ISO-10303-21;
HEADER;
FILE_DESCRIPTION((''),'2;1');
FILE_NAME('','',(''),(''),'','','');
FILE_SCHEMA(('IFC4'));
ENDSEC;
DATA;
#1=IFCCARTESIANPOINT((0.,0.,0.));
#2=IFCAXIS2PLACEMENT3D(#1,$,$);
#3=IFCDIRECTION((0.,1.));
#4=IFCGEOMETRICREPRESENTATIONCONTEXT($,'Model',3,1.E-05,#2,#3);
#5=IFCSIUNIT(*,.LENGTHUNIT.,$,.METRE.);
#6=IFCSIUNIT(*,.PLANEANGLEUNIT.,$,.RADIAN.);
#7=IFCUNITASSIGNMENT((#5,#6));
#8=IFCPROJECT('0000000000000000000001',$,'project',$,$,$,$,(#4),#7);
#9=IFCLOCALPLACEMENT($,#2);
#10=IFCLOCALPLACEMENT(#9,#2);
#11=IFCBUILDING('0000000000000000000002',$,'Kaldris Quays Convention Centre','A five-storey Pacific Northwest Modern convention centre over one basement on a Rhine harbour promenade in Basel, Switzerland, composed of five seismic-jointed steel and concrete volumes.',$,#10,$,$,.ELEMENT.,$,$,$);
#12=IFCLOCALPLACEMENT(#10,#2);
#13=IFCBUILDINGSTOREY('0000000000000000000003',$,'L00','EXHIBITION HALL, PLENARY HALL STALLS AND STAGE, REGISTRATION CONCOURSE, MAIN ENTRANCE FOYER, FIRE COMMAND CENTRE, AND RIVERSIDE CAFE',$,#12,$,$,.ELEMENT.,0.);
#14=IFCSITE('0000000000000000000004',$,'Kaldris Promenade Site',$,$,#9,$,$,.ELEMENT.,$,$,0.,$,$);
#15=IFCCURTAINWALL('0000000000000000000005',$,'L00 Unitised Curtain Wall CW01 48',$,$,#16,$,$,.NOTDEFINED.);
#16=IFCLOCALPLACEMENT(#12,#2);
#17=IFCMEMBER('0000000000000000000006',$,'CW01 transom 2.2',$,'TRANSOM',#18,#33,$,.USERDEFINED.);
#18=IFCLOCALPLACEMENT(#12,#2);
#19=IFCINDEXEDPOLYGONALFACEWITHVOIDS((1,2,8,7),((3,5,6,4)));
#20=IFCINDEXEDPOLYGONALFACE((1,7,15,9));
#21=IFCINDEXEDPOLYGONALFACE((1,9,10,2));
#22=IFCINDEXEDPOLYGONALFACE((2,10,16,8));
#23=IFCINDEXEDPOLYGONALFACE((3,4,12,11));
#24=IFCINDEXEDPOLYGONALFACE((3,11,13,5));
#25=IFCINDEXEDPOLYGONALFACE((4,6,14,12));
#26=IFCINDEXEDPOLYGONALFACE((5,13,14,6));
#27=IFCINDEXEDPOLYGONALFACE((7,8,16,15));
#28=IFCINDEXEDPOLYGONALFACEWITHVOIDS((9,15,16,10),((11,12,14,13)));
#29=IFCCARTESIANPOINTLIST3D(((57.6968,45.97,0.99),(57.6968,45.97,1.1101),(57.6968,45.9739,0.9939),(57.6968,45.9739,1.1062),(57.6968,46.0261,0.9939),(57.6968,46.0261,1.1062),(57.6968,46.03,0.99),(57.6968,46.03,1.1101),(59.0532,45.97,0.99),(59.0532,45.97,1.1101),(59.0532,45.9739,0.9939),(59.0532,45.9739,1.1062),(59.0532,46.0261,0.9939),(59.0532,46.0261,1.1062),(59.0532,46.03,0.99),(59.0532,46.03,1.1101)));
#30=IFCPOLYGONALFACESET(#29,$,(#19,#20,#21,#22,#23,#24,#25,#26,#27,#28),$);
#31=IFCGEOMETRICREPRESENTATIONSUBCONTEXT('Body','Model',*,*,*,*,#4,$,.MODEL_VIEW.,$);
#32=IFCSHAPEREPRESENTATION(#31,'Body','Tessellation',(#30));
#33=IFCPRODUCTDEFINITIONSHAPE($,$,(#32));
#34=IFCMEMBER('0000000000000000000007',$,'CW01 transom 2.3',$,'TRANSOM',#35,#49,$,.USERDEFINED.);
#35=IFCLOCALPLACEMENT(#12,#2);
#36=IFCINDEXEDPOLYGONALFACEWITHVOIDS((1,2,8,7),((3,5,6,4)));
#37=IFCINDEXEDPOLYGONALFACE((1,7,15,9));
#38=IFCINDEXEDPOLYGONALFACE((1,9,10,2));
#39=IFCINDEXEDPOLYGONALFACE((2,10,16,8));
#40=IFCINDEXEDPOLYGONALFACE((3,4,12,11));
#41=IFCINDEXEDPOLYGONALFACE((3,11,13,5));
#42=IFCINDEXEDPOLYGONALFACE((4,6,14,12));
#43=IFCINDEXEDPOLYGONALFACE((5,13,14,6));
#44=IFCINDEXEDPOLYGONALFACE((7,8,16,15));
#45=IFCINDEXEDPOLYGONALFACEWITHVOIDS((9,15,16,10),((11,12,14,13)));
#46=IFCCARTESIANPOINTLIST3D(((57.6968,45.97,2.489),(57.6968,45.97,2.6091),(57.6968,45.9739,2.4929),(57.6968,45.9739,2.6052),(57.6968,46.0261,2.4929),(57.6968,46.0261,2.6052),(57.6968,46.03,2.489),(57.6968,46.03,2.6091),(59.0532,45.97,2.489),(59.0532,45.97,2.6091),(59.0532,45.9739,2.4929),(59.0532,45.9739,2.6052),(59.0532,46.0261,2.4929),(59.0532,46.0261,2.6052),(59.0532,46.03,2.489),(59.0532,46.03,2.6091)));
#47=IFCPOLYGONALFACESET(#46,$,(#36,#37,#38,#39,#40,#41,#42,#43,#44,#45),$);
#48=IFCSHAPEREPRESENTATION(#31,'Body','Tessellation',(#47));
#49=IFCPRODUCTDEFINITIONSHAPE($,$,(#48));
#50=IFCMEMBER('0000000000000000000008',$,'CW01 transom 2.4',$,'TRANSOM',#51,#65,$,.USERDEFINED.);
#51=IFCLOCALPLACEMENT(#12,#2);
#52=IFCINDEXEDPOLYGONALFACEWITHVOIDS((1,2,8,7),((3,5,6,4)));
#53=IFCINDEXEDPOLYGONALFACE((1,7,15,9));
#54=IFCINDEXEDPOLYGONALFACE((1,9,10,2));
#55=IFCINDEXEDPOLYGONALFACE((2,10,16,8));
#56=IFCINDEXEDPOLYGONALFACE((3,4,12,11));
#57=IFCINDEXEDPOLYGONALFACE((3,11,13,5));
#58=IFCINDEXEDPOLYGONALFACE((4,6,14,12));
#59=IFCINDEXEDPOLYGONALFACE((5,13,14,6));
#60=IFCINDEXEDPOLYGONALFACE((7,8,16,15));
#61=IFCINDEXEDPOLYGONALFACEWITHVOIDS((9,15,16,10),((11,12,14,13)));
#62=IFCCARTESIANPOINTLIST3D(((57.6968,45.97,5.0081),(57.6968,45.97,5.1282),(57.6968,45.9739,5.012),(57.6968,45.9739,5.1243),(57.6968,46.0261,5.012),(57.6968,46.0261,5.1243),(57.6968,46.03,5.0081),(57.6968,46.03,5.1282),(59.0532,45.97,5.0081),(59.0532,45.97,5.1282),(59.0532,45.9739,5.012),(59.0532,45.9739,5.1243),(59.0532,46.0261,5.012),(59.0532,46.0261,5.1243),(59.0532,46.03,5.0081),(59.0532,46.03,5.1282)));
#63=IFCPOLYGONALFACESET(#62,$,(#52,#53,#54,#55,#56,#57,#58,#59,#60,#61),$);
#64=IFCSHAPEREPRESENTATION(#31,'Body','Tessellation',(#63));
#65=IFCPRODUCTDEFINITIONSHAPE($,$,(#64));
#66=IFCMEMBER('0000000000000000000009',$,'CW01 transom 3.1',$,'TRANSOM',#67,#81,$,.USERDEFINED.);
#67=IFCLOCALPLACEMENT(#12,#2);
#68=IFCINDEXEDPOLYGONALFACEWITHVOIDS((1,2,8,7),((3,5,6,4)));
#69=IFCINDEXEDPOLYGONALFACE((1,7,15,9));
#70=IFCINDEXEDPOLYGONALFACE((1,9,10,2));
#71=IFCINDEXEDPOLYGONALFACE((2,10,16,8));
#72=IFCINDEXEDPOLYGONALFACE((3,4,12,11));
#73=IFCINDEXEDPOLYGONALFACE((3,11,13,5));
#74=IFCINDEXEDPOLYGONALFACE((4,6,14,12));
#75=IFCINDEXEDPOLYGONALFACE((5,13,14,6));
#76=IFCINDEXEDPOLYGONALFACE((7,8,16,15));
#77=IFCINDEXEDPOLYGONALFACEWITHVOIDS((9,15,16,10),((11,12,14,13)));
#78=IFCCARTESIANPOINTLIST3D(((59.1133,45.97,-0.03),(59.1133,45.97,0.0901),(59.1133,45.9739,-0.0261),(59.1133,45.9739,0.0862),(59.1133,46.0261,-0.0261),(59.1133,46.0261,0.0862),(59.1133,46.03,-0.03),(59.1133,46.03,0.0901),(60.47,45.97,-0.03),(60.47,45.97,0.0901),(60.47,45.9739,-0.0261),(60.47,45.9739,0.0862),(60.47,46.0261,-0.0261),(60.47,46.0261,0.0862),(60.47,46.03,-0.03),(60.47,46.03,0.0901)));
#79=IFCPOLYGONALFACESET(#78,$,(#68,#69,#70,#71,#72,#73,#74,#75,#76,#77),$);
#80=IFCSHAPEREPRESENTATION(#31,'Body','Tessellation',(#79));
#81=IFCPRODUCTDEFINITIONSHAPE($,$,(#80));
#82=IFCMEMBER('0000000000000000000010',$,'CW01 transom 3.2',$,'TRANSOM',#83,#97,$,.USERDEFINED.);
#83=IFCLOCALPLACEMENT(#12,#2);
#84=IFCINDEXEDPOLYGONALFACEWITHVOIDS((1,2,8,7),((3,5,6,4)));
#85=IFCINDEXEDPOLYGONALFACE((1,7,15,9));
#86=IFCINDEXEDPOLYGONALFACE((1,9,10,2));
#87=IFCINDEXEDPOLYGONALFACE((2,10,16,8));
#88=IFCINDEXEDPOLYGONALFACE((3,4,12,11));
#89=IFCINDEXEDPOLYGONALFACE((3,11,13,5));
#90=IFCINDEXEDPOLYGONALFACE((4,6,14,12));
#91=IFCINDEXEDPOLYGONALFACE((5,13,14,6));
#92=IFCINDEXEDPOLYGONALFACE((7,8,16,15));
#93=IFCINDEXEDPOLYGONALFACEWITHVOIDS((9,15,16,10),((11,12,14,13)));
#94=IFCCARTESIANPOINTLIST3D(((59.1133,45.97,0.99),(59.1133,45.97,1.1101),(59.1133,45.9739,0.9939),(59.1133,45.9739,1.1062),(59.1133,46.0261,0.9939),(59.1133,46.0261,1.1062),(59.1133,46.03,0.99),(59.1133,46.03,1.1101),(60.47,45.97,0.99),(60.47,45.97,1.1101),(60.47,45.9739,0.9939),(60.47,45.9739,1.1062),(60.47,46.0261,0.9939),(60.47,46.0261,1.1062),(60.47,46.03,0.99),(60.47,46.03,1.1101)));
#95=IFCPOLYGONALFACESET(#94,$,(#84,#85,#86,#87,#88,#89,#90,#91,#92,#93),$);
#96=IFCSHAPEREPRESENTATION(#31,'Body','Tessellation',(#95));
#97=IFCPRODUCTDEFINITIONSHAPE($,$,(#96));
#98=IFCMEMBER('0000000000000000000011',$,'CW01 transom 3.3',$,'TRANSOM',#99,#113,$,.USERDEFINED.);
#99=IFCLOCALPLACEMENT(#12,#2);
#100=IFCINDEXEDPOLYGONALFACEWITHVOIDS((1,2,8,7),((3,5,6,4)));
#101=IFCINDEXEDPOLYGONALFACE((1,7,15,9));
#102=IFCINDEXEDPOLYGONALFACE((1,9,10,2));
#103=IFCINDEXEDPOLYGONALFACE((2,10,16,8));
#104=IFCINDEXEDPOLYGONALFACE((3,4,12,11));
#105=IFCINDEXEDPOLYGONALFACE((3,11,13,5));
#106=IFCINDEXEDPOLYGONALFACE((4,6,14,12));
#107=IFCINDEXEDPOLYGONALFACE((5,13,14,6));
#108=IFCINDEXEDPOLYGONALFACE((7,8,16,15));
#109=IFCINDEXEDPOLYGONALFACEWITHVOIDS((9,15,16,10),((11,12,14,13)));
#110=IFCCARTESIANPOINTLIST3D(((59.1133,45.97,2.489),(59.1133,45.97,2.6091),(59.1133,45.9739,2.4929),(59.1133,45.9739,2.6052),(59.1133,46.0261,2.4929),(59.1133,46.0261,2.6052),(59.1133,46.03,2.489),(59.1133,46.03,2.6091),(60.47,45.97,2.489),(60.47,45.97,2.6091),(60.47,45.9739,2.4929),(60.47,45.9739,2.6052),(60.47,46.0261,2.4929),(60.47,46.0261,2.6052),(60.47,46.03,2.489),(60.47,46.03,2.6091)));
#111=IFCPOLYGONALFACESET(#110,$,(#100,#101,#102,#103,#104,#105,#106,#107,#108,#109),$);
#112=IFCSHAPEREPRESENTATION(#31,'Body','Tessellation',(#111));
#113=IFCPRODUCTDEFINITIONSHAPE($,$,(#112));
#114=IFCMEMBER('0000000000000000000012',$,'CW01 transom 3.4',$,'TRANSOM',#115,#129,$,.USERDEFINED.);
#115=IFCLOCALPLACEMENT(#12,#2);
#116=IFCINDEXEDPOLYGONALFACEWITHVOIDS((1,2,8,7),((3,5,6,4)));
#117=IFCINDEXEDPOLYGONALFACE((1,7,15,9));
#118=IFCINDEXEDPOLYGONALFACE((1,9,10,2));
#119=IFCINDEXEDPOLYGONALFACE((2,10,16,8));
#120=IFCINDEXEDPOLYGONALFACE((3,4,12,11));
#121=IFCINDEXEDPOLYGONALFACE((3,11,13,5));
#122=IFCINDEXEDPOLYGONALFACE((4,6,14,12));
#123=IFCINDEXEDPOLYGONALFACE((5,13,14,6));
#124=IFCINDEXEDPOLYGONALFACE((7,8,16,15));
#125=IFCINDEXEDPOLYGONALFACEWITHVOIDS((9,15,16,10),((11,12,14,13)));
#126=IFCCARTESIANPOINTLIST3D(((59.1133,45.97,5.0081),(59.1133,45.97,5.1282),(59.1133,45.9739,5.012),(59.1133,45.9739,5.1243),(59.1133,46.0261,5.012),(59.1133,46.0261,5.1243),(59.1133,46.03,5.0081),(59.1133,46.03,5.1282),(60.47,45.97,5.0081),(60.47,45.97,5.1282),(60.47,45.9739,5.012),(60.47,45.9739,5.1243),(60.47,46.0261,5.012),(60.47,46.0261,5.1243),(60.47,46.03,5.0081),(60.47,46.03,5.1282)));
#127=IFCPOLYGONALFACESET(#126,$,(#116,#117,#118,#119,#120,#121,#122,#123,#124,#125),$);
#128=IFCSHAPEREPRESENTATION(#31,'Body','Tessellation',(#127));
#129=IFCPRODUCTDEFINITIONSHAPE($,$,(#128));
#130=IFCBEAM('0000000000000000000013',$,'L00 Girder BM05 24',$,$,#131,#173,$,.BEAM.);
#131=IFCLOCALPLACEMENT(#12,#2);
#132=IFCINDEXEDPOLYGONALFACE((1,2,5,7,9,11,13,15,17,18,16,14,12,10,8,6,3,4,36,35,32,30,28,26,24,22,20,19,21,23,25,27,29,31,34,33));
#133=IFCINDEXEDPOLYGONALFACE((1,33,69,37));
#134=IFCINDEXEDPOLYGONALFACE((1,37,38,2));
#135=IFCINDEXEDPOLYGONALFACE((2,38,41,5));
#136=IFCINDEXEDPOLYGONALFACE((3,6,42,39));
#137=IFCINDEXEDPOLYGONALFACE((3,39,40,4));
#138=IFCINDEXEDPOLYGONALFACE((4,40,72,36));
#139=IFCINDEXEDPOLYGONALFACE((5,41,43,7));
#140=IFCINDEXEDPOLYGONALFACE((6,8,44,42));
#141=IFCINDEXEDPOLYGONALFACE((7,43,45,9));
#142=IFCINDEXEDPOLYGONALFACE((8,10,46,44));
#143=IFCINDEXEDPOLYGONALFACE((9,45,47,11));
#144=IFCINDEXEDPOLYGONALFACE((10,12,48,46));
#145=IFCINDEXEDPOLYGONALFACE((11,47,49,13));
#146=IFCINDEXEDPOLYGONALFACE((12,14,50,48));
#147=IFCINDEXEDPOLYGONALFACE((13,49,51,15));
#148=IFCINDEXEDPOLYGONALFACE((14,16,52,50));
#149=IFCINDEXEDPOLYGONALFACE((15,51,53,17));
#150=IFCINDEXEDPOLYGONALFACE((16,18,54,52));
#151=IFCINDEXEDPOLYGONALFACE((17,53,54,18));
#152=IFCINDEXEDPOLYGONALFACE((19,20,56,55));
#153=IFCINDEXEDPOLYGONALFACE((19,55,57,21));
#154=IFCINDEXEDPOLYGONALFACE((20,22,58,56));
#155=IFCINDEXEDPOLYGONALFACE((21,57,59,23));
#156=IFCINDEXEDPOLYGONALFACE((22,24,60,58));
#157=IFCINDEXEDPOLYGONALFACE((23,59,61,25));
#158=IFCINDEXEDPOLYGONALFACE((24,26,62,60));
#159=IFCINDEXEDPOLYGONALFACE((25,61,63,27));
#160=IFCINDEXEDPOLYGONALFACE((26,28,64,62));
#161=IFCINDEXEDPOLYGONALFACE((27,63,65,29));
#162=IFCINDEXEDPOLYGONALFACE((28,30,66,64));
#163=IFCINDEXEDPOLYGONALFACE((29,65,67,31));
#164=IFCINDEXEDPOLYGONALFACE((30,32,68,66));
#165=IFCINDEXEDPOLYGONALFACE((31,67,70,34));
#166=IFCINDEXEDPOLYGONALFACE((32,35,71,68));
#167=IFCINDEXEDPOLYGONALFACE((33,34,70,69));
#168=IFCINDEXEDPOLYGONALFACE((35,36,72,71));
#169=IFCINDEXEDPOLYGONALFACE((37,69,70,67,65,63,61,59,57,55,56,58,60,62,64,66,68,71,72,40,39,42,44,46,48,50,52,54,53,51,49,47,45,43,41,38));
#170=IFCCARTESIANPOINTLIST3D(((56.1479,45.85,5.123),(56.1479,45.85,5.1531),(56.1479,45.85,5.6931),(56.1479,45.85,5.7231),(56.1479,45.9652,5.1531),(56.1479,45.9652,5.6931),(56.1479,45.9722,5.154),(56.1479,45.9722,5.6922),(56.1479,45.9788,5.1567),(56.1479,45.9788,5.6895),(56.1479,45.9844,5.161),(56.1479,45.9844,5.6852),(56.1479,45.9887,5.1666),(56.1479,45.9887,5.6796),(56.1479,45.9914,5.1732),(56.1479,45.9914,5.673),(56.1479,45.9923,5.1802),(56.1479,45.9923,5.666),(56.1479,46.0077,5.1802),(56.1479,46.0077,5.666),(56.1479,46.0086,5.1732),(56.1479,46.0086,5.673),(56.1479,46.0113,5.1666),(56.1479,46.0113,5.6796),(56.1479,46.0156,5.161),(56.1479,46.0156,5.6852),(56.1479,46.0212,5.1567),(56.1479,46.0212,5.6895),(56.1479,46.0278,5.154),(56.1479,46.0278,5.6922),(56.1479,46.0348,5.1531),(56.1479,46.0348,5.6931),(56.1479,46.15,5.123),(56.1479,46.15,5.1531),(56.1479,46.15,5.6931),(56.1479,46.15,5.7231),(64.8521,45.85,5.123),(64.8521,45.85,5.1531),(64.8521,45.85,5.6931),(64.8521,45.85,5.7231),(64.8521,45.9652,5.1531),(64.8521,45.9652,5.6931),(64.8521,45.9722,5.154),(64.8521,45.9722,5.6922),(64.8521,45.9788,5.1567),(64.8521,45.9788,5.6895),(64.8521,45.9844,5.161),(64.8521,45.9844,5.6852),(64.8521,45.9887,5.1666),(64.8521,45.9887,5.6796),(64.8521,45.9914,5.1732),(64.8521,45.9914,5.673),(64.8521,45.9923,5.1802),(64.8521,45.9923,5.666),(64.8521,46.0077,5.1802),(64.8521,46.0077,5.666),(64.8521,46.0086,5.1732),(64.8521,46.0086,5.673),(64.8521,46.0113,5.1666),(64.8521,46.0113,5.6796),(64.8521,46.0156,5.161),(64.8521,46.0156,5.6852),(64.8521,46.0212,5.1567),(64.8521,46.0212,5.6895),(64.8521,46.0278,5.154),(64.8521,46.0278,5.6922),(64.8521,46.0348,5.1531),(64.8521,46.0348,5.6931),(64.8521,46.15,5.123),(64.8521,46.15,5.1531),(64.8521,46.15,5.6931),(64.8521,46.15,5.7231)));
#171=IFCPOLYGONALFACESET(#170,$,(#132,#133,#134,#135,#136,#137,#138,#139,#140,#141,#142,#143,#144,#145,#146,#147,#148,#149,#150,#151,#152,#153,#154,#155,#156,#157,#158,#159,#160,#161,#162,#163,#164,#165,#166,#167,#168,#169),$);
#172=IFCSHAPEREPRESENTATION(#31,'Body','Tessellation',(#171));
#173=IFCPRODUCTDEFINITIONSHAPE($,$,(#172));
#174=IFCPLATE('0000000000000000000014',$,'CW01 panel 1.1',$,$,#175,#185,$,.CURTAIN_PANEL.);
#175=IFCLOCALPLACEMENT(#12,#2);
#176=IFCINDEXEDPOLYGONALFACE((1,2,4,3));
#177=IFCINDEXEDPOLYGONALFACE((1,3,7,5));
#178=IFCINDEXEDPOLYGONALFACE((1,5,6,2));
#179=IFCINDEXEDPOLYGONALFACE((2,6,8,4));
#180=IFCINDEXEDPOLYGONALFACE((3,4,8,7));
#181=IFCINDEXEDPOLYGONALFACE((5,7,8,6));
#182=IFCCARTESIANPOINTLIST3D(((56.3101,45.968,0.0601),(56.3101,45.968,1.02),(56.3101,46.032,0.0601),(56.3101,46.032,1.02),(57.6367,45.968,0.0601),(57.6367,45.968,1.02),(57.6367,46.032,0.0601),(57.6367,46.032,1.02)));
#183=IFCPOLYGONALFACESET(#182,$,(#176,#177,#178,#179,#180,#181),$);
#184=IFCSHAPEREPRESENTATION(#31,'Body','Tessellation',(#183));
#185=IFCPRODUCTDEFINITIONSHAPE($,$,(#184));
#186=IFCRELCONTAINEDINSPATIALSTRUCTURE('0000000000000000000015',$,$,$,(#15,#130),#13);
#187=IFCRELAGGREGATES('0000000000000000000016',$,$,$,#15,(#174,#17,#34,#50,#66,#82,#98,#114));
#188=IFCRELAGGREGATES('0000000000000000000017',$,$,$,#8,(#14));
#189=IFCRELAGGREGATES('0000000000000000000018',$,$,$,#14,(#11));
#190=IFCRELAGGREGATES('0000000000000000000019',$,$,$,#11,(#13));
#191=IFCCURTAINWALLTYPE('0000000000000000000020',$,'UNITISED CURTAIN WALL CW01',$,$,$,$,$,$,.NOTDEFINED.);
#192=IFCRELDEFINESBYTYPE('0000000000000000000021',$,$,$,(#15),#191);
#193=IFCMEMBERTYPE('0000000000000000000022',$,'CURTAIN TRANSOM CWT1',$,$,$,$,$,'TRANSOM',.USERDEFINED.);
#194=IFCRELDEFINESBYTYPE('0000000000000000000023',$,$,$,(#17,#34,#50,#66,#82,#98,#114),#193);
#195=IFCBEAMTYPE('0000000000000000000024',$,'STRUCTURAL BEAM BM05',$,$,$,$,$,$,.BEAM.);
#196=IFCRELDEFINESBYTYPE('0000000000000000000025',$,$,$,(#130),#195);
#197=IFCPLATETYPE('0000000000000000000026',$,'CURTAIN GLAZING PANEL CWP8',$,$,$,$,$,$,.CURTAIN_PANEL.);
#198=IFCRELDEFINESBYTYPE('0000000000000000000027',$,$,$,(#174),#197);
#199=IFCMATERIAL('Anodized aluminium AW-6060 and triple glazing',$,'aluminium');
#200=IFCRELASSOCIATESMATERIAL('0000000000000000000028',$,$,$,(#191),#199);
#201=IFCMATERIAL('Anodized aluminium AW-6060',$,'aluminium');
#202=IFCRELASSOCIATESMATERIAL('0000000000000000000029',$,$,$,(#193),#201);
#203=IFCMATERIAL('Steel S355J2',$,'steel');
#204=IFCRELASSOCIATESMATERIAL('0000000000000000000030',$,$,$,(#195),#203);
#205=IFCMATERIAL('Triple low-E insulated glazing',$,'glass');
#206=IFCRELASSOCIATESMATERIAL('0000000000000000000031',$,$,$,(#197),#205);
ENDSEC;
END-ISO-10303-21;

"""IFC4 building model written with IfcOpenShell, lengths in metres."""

from ifc_helpers import new_model, si_unit, direction, frame, origin, origin_2d, place, context, subcontext, project, spatial, rectangle, hollow_rectangle, i_section, extrude, material, material_profile, profile_set, type_object, element, aggregate, save


model = new_model("IFC4")

# Units and contexts
model_context = context("Model", 3, precision=1e-05, world=origin(), true_north=direction((0.0, 1.0)))
body_context = subcontext(model_context, "Body", "Model", "MODEL_VIEW")
ifc_project = project(units=[si_unit("LENGTHUNIT", "METRE"), si_unit("PLANEANGLEUNIT", "RADIAN")], contexts=[model_context])

# Site, building, storey
site_placement = place(None, origin())
site = spatial("IfcSite", under=ifc_project, at=site_placement, Name="Kaldris Promenade Site", CompositionType="ELEMENT", RefElevation=0.0)
building_placement = place(site_placement, origin())
building = spatial("IfcBuilding", under=site, at=building_placement, Name="Kaldris Quays Convention Centre", Description="A five-storey Pacific Northwest Modern convention centre over one basement on a Rhine harbour promenade in Basel, Switzerland, composed of five seismic-jointed steel and concrete volumes.", CompositionType="ELEMENT")
storey_placement = place(building_placement, origin())
storey = spatial("IfcBuildingStorey", under=building, at=storey_placement, Name="L00", Description="EXHIBITION HALL, PLENARY HALL STALLS AND STAGE, REGISTRATION CONCOURSE, MAIN ENTRANCE FOYER, FIRE COMMAND CENTRE, AND RIVERSIDE CAFE", CompositionType="ELEMENT", Elevation=0.0)

# Curtain wall, members
ifc_material_1 = material(Name="Anodized aluminium AW-6060 and triple glazing", Category="aluminium")
curtain_wall_type = type_object("IfcCurtainWallType", Name="UNITISED CURTAIN WALL CW01", PredefinedType="NOTDEFINED", material=ifc_material_1)
curtain_wall_placement = place(storey_placement, origin())
curtain_wall = element("IfcCurtainWall", 1, at=curtain_wall_placement, inside=storey, type_object=curtain_wall_type, Name="L00 Unitised Curtain Wall CW01 48", PredefinedType="NOTDEFINED")
ifc_material_2 = material(Name="Anodized aluminium AW-6060", Category="aluminium")
ifc_material_profile_1 = material_profile(ifc_material_2, hollow_rectangle(XDim=0.0601, YDim=0.1201, WallThickness=0.0039, at=origin_2d()), Name="RHS 120x60x4")
ifc_profile_set_1 = profile_set([ifc_material_profile_1], Name="Anodized aluminium AW-6060")
member_type_1 = type_object("IfcMemberType", Name="CURTAIN TRANSOM CWT1", ElementType="TRANSOM", PredefinedType="USERDEFINED", material=ifc_profile_set_1)
member_1_placement = place(storey_placement, frame((57.6968, 46.0, 1.05), z_axis=(1.0, 0.0, 0.0), x_axis=(0.0, 1.0, 0.0)))
member_1 = element("IfcMember", 2, at=member_1_placement, type_object=member_type_1, Name="CW01 transom 2.2", ObjectType="TRANSOM", PredefinedType="USERDEFINED", context=body_context, shape_type="SweptSolid", body=[
    extrude(hollow_rectangle(XDim=0.0601, YDim=0.1201, WallThickness=0.0039, at=origin_2d()), origin(), (0.0, 0.0, 1.0), 1.3564),
])
member_2_placement = place(storey_placement, frame((57.6968, 46.0, 2.5491), z_axis=(1.0, 0.0, 0.0), x_axis=(0.0, 1.0, 0.0)))
member_2 = element("IfcMember", 3, at=member_2_placement, type_object=member_type_1, Name="CW01 transom 2.3", ObjectType="TRANSOM", PredefinedType="USERDEFINED", context=body_context, shape_type="SweptSolid", body=[
    extrude(hollow_rectangle(XDim=0.0601, YDim=0.1201, WallThickness=0.0039, at=origin_2d()), origin(), (0.0, 0.0, 1.0), 1.3564),
])
member_3_placement = place(storey_placement, frame((57.6968, 46.0, 5.0681), z_axis=(1.0, 0.0, 0.0), x_axis=(0.0, 1.0, 0.0)))
member_3 = element("IfcMember", 4, at=member_3_placement, type_object=member_type_1, Name="CW01 transom 2.4", ObjectType="TRANSOM", PredefinedType="USERDEFINED", context=body_context, shape_type="SweptSolid", body=[
    extrude(hollow_rectangle(XDim=0.0601, YDim=0.1201, WallThickness=0.0039, at=origin_2d()), origin(), (0.0, 0.0, 1.0), 1.3564),
])
member_4_placement = place(storey_placement, frame((59.1133, 46.0, 0.03), z_axis=(1.0, 0.0, 0.0), x_axis=(0.0, 1.0, 0.0)))
member_4 = element("IfcMember", 5, at=member_4_placement, type_object=member_type_1, Name="CW01 transom 3.1", ObjectType="TRANSOM", PredefinedType="USERDEFINED", context=body_context, shape_type="SweptSolid", body=[
    extrude(hollow_rectangle(XDim=0.0601, YDim=0.1201, WallThickness=0.0039, at=origin_2d()), origin(), (0.0, 0.0, 1.0), 1.3567),
])
member_5_placement = place(storey_placement, frame((59.1133, 46.0, 1.05), z_axis=(1.0, 0.0, 0.0), x_axis=(0.0, 1.0, 0.0)))
member_5 = element("IfcMember", 6, at=member_5_placement, type_object=member_type_1, Name="CW01 transom 3.2", ObjectType="TRANSOM", PredefinedType="USERDEFINED", context=body_context, shape_type="SweptSolid", body=[
    extrude(hollow_rectangle(XDim=0.0601, YDim=0.1201, WallThickness=0.0039, at=origin_2d()), origin(), (0.0, 0.0, 1.0), 1.3567),
])
member_6_placement = place(storey_placement, frame((59.1133, 46.0, 2.5491), z_axis=(1.0, 0.0, 0.0), x_axis=(0.0, 1.0, 0.0)))
member_6 = element("IfcMember", 7, at=member_6_placement, type_object=member_type_1, Name="CW01 transom 3.3", ObjectType="TRANSOM", PredefinedType="USERDEFINED", context=body_context, shape_type="SweptSolid", body=[
    extrude(hollow_rectangle(XDim=0.0601, YDim=0.1201, WallThickness=0.0039, at=origin_2d()), origin(), (0.0, 0.0, 1.0), 1.3567),
])
member_7_placement = place(storey_placement, frame((59.1133, 46.0, 5.0681), z_axis=(1.0, 0.0, 0.0), x_axis=(0.0, 1.0, 0.0)))
member_7 = element("IfcMember", 8, at=member_7_placement, type_object=member_type_1, Name="CW01 transom 3.4", ObjectType="TRANSOM", PredefinedType="USERDEFINED", context=body_context, shape_type="SweptSolid", body=[
    extrude(hollow_rectangle(XDim=0.0601, YDim=0.1201, WallThickness=0.0039, at=origin_2d()), origin(), (0.0, 0.0, 1.0), 1.3567),
])

# Beam
ifc_material_3 = material(Name="Steel S355J2", Category="steel")
ifc_material_profile_2 = material_profile(ifc_material_3, i_section(OverallWidth=0.3, OverallDepth=0.6001, WebThickness=0.0154, FlangeThickness=0.03, FilletRadius=0.0271, at=origin_2d()), Name="HEB 600")
ifc_profile_set_2 = profile_set([ifc_material_profile_2], Name="Steel S355J2")
beam_type = type_object("IfcBeamType", Name="STRUCTURAL BEAM BM05", PredefinedType="BEAM", material=ifc_profile_set_2)
beam_placement = place(storey_placement, frame((56.1479, 46.0, 5.4231), z_axis=(1.0, 0.0, 0.0), x_axis=(0.0, 1.0, 0.0)))
element("IfcBeam", 9, at=beam_placement, inside=storey, type_object=beam_type, Name="L00 Girder BM05 24", PredefinedType="BEAM", context=body_context, shape_type="SweptSolid", body=[
    extrude(i_section(OverallWidth=0.3, OverallDepth=0.6001, WebThickness=0.0154, FlangeThickness=0.03, FilletRadius=0.0271, at=origin_2d()), origin(), (0.0, 0.0, 1.0), 8.7041),
])

# Plate
ifc_material_4 = material(Name="Triple low-E insulated glazing", Category="glass")
plate_type = type_object("IfcPlateType", Name="CURTAIN GLAZING PANEL CWP8", PredefinedType="CURTAIN_PANEL", material=ifc_material_4)
plate_1_placement = place(storey_placement, frame((56.9734, 46.0, 0.0601), z_axis=(0.0, 0.0, 1.0), x_axis=(1.0, 0.0, 0.0)))
plate_1 = element("IfcPlate", 10, at=plate_1_placement, type_object=plate_type, Name="CW01 panel 1.1", PredefinedType="CURTAIN_PANEL", context=body_context, shape_type="SweptSolid", body=[
    extrude(rectangle(XDim=1.3267, YDim=0.064, at=origin_2d()), origin(), (0.0, 0.0, 1.0), 0.96),
])
aggregate(curtain_wall, [plate_1, member_1, member_2, member_3, member_4, member_5, member_6, member_7])

save(model, "model.ifc")
